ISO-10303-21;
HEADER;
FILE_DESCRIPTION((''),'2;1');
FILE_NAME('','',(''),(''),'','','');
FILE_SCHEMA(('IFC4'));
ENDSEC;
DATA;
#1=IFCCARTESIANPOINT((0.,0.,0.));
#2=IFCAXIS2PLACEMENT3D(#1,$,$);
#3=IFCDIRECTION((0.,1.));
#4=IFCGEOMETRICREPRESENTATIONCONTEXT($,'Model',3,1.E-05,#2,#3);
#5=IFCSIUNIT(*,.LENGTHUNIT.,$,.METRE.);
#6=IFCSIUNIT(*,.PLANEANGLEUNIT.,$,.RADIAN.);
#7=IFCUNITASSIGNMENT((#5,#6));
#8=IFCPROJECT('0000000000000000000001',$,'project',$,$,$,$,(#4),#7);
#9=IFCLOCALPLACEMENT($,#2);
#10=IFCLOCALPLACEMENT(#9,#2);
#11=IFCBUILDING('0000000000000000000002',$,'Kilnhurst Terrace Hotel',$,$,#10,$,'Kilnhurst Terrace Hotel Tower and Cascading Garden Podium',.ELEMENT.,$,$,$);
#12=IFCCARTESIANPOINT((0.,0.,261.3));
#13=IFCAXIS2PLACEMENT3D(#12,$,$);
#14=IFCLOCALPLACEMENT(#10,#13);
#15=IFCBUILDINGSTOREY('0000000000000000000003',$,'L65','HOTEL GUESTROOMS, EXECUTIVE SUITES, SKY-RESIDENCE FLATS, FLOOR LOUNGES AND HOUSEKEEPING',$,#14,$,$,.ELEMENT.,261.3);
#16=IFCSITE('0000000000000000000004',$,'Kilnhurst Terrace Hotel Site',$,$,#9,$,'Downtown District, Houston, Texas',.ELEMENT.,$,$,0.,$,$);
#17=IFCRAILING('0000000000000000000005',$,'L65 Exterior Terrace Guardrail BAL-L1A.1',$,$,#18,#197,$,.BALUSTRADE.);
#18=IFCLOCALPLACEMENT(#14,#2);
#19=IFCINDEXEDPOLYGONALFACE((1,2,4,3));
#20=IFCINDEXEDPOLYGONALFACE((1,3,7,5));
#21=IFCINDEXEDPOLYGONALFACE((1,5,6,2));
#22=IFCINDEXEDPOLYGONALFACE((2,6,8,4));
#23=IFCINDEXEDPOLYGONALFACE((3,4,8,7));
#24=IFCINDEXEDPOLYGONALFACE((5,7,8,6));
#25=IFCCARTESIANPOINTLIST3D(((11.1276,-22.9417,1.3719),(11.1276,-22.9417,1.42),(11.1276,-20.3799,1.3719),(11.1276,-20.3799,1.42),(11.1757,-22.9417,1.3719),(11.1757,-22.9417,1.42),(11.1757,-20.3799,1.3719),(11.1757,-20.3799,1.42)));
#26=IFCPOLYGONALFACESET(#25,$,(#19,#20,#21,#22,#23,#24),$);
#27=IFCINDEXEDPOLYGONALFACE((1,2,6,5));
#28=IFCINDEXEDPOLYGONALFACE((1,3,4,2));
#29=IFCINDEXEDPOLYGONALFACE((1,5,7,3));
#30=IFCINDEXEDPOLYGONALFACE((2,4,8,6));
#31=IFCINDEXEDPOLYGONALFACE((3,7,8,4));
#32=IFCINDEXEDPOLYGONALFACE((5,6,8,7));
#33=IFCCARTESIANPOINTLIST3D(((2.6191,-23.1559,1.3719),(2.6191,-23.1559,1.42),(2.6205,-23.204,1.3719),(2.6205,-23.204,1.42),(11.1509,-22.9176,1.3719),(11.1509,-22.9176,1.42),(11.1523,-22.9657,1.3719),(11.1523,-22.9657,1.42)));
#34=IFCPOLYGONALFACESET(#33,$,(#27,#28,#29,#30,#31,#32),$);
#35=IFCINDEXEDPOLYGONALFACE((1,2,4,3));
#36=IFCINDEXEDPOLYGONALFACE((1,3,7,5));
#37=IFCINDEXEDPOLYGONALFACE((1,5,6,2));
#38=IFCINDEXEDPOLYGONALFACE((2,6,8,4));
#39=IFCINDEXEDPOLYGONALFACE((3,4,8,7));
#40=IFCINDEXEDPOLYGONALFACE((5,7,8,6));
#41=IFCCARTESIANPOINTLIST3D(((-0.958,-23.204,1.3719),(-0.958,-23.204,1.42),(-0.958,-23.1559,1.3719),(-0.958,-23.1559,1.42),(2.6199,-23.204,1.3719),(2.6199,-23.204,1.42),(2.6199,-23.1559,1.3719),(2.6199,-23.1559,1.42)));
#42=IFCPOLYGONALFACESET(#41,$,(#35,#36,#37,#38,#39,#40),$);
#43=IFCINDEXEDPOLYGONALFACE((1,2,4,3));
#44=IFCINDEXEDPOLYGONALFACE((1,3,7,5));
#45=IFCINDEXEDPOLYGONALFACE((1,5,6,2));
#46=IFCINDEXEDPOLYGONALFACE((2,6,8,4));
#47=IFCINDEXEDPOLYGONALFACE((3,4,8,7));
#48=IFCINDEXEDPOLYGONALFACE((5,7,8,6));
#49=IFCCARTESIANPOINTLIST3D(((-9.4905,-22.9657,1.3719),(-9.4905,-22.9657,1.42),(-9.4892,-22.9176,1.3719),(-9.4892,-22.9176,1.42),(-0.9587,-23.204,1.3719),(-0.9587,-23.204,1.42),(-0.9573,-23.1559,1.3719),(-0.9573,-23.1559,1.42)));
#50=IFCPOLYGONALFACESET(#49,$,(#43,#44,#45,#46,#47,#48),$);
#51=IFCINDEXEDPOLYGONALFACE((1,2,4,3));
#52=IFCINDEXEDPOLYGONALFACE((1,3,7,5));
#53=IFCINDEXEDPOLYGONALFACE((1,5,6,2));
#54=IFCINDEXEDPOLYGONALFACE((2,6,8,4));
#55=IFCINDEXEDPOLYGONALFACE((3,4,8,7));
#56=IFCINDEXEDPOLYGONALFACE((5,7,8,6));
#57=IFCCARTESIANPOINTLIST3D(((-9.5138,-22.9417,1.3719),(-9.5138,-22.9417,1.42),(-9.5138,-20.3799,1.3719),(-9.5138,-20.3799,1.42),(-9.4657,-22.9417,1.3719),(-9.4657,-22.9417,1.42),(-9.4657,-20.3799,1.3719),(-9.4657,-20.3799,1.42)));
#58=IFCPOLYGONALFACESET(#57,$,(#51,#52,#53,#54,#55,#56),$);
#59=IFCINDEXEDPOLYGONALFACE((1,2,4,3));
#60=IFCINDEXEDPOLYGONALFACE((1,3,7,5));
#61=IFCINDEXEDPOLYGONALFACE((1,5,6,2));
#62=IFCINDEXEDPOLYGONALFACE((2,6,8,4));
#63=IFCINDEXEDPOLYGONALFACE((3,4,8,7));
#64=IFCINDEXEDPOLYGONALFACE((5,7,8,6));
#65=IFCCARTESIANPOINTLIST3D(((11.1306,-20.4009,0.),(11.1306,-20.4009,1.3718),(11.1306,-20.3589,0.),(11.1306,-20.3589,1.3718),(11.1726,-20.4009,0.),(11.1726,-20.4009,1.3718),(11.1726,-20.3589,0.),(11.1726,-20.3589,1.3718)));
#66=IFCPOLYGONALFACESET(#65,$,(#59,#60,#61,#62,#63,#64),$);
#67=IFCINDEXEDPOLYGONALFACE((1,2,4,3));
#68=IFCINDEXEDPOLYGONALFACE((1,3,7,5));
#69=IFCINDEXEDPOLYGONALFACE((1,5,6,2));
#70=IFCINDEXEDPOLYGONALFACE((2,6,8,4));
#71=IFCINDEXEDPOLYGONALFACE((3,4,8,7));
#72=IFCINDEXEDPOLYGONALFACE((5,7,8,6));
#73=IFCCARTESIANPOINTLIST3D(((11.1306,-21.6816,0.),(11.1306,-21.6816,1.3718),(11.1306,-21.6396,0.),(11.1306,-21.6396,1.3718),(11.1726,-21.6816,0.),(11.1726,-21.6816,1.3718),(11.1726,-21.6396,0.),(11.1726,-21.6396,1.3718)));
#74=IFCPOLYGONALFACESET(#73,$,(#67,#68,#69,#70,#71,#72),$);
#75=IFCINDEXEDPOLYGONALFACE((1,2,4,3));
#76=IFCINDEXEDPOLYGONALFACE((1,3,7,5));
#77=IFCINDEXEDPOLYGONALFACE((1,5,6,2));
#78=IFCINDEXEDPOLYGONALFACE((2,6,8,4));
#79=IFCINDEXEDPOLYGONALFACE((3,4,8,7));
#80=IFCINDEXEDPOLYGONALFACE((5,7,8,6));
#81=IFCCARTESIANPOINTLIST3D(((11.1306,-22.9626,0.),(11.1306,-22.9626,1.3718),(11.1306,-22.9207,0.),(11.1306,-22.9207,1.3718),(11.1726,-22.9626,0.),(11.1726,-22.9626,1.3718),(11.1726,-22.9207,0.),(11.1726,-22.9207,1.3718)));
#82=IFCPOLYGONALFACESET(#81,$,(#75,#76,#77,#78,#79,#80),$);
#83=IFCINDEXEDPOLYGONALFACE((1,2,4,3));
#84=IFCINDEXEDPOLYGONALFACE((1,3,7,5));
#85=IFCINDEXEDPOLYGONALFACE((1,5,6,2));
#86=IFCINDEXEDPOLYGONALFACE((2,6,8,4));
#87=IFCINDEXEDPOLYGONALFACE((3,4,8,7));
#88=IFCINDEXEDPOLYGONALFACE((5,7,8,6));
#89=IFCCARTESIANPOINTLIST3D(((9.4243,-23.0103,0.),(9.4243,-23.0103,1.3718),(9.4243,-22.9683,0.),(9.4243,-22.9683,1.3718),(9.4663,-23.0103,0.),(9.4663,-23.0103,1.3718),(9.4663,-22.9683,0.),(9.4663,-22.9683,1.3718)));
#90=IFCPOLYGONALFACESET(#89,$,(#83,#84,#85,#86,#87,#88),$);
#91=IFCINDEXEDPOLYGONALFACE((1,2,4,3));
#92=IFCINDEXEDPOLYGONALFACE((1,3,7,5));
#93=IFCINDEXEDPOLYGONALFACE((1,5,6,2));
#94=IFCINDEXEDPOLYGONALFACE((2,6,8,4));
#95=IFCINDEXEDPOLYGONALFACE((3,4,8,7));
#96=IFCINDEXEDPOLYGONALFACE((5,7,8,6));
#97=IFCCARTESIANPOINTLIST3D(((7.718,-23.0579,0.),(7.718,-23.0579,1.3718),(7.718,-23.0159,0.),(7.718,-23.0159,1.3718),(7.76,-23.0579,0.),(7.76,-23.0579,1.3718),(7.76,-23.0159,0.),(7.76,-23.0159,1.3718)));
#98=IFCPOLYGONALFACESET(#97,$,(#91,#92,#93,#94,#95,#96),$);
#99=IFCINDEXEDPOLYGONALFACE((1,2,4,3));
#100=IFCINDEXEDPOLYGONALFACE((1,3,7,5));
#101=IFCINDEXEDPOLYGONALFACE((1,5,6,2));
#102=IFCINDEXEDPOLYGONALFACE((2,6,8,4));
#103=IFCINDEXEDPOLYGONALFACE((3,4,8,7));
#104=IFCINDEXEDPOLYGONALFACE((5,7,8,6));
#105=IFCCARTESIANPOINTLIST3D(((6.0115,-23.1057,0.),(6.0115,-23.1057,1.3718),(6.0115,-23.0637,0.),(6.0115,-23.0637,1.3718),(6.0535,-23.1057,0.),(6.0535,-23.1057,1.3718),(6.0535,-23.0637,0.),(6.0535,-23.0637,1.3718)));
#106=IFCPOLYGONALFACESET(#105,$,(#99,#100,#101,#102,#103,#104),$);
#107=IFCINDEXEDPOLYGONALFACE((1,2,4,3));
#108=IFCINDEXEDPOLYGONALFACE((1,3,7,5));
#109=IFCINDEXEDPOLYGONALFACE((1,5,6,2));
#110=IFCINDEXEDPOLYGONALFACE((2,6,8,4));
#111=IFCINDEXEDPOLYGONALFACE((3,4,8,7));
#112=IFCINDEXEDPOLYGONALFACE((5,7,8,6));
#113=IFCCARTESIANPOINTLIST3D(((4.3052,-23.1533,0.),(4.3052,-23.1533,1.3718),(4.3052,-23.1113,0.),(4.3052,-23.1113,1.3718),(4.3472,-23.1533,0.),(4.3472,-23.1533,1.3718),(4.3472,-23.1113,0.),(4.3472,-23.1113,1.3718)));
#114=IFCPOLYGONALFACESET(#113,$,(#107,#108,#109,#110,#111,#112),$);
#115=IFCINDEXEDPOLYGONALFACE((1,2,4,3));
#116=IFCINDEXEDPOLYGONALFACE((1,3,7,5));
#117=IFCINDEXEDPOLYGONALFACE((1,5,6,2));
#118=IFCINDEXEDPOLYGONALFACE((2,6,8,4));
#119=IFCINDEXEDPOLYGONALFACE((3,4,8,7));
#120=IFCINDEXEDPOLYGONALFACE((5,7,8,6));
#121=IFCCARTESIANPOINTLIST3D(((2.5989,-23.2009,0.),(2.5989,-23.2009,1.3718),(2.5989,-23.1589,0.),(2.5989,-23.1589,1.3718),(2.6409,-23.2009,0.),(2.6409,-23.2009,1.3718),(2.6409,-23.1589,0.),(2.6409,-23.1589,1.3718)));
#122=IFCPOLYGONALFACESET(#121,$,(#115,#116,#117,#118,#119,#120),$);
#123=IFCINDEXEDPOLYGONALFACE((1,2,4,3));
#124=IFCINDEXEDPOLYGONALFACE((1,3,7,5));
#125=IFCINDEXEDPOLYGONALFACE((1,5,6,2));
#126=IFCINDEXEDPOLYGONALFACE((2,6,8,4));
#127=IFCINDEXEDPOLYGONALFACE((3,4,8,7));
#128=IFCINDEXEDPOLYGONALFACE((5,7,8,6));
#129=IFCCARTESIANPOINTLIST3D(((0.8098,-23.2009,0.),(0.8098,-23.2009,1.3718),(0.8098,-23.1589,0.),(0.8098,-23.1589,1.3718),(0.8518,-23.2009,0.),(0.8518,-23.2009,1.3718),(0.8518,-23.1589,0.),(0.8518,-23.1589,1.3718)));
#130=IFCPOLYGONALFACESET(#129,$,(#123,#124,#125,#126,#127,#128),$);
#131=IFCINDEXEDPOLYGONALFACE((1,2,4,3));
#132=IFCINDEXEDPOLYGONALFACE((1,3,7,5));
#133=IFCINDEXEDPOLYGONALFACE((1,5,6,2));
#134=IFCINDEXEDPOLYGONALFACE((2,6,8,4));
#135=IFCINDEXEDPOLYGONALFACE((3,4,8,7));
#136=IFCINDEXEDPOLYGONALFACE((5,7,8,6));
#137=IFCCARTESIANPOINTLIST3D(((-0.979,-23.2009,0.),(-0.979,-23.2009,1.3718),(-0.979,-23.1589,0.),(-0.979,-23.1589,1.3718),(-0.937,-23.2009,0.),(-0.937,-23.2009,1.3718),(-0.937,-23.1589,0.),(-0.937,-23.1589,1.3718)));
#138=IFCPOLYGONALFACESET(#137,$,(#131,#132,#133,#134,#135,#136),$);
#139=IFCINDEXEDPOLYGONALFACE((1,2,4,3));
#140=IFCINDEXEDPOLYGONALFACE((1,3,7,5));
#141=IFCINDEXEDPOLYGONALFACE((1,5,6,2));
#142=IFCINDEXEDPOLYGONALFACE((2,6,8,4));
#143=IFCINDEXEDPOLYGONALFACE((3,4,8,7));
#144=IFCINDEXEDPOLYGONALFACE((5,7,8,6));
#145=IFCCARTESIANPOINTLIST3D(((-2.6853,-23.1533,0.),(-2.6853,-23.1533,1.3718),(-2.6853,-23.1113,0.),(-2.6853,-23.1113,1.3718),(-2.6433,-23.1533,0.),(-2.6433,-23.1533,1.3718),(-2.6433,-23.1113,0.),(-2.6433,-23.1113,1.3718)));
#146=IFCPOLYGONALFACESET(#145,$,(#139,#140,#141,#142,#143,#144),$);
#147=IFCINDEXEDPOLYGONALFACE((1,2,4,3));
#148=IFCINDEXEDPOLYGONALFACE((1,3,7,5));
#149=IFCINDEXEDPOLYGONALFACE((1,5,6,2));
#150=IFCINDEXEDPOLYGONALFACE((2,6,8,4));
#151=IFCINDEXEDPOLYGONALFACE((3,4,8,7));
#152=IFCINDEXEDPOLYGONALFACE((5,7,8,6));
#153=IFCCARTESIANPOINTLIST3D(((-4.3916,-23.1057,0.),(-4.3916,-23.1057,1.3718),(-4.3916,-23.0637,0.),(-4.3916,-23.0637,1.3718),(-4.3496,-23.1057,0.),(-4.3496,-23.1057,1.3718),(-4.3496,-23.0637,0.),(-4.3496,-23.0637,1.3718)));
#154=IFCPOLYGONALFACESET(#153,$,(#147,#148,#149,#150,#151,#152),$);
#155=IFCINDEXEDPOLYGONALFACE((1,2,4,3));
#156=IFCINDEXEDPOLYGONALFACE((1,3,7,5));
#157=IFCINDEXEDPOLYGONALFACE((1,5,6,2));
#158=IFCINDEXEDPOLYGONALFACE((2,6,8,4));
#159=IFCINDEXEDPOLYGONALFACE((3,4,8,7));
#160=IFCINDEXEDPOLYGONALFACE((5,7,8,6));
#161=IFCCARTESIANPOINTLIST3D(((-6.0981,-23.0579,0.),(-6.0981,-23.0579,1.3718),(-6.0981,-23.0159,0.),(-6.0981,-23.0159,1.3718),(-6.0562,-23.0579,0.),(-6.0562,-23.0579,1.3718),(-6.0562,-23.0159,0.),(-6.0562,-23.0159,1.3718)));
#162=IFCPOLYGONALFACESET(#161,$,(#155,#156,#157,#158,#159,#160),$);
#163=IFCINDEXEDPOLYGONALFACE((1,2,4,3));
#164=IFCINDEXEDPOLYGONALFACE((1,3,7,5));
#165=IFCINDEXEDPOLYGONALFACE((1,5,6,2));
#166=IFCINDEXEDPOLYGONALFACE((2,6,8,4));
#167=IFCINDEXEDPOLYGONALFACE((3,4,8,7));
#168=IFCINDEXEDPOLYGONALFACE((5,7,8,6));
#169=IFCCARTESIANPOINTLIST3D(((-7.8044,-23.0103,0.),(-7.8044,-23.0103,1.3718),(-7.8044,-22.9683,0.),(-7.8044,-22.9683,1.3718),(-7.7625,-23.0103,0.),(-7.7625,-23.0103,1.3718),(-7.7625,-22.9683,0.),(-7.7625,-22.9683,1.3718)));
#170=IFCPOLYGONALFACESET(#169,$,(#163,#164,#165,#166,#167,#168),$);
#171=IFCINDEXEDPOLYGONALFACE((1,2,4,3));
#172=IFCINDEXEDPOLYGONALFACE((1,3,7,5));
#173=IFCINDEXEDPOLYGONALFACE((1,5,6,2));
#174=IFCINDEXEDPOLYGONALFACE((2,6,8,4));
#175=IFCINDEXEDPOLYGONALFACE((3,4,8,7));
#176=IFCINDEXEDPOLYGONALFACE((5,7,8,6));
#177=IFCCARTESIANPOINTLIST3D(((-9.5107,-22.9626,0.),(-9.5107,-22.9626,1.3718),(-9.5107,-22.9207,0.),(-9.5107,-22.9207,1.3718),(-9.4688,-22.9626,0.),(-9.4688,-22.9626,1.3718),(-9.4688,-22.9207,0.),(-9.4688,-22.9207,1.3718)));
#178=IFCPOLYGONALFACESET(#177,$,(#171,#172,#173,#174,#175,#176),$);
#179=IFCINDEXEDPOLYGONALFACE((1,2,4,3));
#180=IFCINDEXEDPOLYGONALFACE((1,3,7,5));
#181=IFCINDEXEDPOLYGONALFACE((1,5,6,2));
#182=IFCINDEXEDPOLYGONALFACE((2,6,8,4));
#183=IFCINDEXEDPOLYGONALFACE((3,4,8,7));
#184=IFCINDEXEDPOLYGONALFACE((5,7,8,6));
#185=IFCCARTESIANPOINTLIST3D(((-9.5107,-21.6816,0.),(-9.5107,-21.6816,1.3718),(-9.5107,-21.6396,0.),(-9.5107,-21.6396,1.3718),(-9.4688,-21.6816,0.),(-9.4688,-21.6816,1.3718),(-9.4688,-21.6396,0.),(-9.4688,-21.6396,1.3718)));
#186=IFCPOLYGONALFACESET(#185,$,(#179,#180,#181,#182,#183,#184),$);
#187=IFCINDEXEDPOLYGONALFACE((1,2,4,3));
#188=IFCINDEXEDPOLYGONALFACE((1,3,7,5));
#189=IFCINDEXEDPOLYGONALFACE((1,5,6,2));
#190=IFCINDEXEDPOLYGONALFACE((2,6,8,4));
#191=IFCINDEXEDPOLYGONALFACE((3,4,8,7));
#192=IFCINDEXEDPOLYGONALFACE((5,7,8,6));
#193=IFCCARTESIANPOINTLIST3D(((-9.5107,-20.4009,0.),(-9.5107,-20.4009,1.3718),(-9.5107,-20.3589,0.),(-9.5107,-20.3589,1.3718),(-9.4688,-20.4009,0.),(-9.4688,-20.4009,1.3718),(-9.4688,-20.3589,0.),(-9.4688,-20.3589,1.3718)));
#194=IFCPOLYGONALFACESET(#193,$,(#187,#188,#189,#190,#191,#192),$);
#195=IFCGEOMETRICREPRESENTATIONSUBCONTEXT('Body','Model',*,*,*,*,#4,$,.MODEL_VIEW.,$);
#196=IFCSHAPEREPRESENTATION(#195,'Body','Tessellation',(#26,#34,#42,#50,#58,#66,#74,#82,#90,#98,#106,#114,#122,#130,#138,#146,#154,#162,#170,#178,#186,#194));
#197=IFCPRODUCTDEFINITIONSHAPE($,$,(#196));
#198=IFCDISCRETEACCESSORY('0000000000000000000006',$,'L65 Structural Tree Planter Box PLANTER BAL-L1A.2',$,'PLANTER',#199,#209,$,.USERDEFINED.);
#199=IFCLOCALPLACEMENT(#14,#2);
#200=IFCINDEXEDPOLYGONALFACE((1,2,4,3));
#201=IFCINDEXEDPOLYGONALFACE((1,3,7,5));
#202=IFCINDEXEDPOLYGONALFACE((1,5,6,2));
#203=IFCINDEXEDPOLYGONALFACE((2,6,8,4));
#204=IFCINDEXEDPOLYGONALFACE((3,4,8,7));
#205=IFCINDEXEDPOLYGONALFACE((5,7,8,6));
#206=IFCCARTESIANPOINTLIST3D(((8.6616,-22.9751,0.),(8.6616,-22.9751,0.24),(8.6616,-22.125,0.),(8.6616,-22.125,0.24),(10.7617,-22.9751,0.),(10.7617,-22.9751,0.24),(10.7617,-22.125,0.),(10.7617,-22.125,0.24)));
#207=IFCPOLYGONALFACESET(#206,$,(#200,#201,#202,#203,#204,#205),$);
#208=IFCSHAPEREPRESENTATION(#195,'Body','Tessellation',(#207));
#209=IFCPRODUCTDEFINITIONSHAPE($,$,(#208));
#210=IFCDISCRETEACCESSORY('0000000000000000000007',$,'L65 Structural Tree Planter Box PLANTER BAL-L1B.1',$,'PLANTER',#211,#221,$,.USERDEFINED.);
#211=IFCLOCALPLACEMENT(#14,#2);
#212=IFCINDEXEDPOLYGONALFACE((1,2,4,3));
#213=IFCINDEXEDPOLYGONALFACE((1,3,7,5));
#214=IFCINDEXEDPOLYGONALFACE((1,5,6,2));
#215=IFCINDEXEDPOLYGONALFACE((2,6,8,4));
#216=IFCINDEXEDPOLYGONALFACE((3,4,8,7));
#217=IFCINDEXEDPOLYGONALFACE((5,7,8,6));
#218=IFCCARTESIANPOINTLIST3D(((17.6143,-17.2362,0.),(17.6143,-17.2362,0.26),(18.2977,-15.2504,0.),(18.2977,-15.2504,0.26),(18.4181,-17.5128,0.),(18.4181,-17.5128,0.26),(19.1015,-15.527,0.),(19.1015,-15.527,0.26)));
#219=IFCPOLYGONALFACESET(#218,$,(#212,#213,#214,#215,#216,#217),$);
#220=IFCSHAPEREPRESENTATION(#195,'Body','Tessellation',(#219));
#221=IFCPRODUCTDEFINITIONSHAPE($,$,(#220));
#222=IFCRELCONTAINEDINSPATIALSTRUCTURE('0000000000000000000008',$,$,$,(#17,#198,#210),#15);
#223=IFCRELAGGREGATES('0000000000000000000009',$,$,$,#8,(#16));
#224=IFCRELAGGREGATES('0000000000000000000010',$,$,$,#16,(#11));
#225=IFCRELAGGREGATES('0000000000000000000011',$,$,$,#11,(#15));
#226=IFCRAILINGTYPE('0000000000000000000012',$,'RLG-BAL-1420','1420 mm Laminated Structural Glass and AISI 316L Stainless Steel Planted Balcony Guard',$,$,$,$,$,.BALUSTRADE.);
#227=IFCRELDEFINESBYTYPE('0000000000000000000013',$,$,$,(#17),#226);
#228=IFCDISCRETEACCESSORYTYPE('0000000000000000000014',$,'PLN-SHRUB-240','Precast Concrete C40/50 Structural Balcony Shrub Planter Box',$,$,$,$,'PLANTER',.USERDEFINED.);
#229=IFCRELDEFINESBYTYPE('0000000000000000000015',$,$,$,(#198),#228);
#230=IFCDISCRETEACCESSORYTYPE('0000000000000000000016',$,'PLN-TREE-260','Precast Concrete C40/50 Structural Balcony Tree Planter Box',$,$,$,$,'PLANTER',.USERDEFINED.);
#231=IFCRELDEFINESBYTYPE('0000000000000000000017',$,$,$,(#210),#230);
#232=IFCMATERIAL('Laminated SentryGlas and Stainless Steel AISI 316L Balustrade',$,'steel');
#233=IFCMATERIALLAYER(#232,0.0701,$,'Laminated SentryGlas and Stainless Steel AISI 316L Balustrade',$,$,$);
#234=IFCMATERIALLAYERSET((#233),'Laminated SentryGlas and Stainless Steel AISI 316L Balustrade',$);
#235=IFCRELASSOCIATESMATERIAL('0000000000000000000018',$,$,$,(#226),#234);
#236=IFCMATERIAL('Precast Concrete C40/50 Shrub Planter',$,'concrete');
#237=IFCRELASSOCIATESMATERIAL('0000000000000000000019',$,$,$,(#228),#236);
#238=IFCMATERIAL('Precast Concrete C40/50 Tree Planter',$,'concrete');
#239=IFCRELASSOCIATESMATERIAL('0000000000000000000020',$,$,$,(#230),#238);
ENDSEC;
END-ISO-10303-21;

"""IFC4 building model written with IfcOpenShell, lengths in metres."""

from ifc_helpers import new_model, si_unit, direction, frame, origin, origin_2d, place, context, subcontext, project, spatial, rectangle, extrude, material, layer, layer_set, type_object, element, save


model = new_model("IFC4")

# Units and contexts
model_context = context("Model", 3, precision=1e-05, world=origin(), true_north=direction((0.0, 1.0)))
body_context = subcontext(model_context, "Body", "Model", "MODEL_VIEW")
ifc_project = project(units=[si_unit("LENGTHUNIT", "METRE"), si_unit("PLANEANGLEUNIT", "RADIAN")], contexts=[model_context])

# Site, building, storey
site_placement = place(None, origin())
site = spatial("IfcSite", under=ifc_project, at=site_placement, Name="Kilnhurst Terrace Hotel Site", LongName="Downtown District, Houston, Texas", CompositionType="ELEMENT", RefElevation=0.0)
building_placement = place(site_placement, origin())
building = spatial("IfcBuilding", under=site, at=building_placement, Name="Kilnhurst Terrace Hotel", LongName="Kilnhurst Terrace Hotel Tower and Cascading Garden Podium", CompositionType="ELEMENT")
storey_placement = place(building_placement, frame((0.0, 0.0, 261.3)))
storey = spatial("IfcBuildingStorey", under=building, at=storey_placement, Name="L65", Description="HOTEL GUESTROOMS, EXECUTIVE SUITES, SKY-RESIDENCE FLATS, FLOOR LOUNGES AND HOUSEKEEPING", CompositionType="ELEMENT", Elevation=261.3)

# Railing
ifc_material_1 = material(Name="Laminated SentryGlas and Stainless Steel AISI 316L Balustrade", Category="steel")
ifc_layer_1 = layer(ifc_material_1, 0.0701, Name="Laminated SentryGlas and Stainless Steel AISI 316L Balustrade")
ifc_layer_set_1 = layer_set([ifc_layer_1], Name="Laminated SentryGlas and Stainless Steel AISI 316L Balustrade")
railing_type = type_object("IfcRailingType", Name="RLG-BAL-1420", Description="1420 mm Laminated Structural Glass and AISI 316L Stainless Steel Planted Balcony Guard", PredefinedType="BALUSTRADE", material=ifc_layer_set_1)
railing_placement = place(storey_placement, frame((11.1516, -20.3799, 0.0)))
element("IfcRailing", 1, at=railing_placement, inside=storey, type_object=railing_type, Name="L65 Exterior Terrace Guardrail BAL-L1A.1", PredefinedType="BALUSTRADE", context=body_context, shape_type="SweptSolid", body=[
    extrude(rectangle(XDim=0.0481, YDim=0.0481, at=origin_2d()), frame((0.0, 0.0, 1.396), z_axis=(0.0, -1.0, 0.0), x_axis=(1.0, 0.0, 0.0)), (0.0, 0.0, 1.0), 2.5618),
    extrude(rectangle(XDim=0.0481, YDim=0.0481, at=origin_2d()), frame((0.0, -2.5618, 1.396), z_axis=(-0.99961, -0.027918, 0.0), x_axis=(0.027918, -0.99961, 0.0)), (0.0, 0.0, 1.0), 8.5352),
    extrude(rectangle(XDim=0.0481, YDim=0.0481, at=origin_2d()), frame((-8.5317, -2.8, 1.396), z_axis=(-1.0, 0.0, 0.0), x_axis=(0.0, -1.0, 0.0)), (0.0, 0.0, 1.0), 3.5779),
    extrude(rectangle(XDim=0.0481, YDim=0.0481, at=origin_2d()), frame((-12.1096, -2.8, 1.396), z_axis=(-0.99961, 0.027918, 0.0), x_axis=(-0.027918, -0.99961, 0.0)), (0.0, 0.0, 1.0), 8.5352),
    extrude(rectangle(XDim=0.0481, YDim=0.0481, at=origin_2d()), frame((-20.6414, -2.5618, 1.396), z_axis=(0.0, 1.0, 0.0), x_axis=(-1.0, 0.0, 0.0)), (0.0, 0.0, 1.0), 2.5618),
    extrude(rectangle(XDim=0.042, YDim=0.042, at=origin_2d()), origin(), (0.0, 0.0, 1.0), 1.3718),
    extrude(rectangle(XDim=0.042, YDim=0.042, at=origin_2d()), frame((0.0, -1.2808, 0.0)), (0.0, 0.0, 1.0), 1.3718),
    extrude(rectangle(XDim=0.042, YDim=0.042, at=origin_2d()), frame((0.0, -2.5618, 0.0)), (0.0, 0.0, 1.0), 1.3718),
    extrude(rectangle(XDim=0.042, YDim=0.042, at=origin_2d()), frame((-1.7063, -2.6094, 0.0)), (0.0, 0.0, 1.0), 1.3718),
    extrude(rectangle(XDim=0.042, YDim=0.042, at=origin_2d()), frame((-3.4126, -2.657, 0.0)), (0.0, 0.0, 1.0), 1.3718),
    extrude(rectangle(XDim=0.042, YDim=0.042, at=origin_2d()), frame((-5.1191, -2.7048, 0.0)), (0.0, 0.0, 1.0), 1.3718),
    extrude(rectangle(XDim=0.042, YDim=0.042, at=origin_2d()), frame((-6.8254, -2.7524, 0.0)), (0.0, 0.0, 1.0), 1.3718),
    extrude(rectangle(XDim=0.042, YDim=0.042, at=origin_2d()), frame((-8.5317, -2.8, 0.0)), (0.0, 0.0, 1.0), 1.3718),
    extrude(rectangle(XDim=0.042, YDim=0.042, at=origin_2d()), frame((-10.3208, -2.8, 0.0)), (0.0, 0.0, 1.0), 1.3718),
    extrude(rectangle(XDim=0.042, YDim=0.042, at=origin_2d()), frame((-12.1096, -2.8, 0.0)), (0.0, 0.0, 1.0), 1.3718),
    extrude(rectangle(XDim=0.042, YDim=0.042, at=origin_2d()), frame((-13.8159, -2.7524, 0.0)), (0.0, 0.0, 1.0), 1.3718),
    extrude(rectangle(XDim=0.042, YDim=0.042, at=origin_2d()), frame((-15.5222, -2.7048, 0.0)), (0.0, 0.0, 1.0), 1.3718),
    extrude(rectangle(XDim=0.042, YDim=0.042, at=origin_2d()), frame((-17.2288, -2.657, 0.0)), (0.0, 0.0, 1.0), 1.3718),
    extrude(rectangle(XDim=0.042, YDim=0.042, at=origin_2d()), frame((-18.9351, -2.6094, 0.0)), (0.0, 0.0, 1.0), 1.3718),
    extrude(rectangle(XDim=0.042, YDim=0.042, at=origin_2d()), frame((-20.6414, -2.5618, 0.0)), (0.0, 0.0, 1.0), 1.3718),
    extrude(rectangle(XDim=0.042, YDim=0.042, at=origin_2d()), frame((-20.6414, -1.2808, 0.0)), (0.0, 0.0, 1.0), 1.3718),
    extrude(rectangle(XDim=0.042, YDim=0.042, at=origin_2d()), frame((-20.6414, 0.0, 0.0)), (0.0, 0.0, 1.0), 1.3718),
])

# Discrete accessories
ifc_material_2 = material(Name="Precast Concrete C40/50 Shrub Planter", Category="concrete")
discrete_accessory_type_1 = type_object("IfcDiscreteAccessoryType", Name="PLN-SHRUB-240", Description="Precast Concrete C40/50 Structural Balcony Shrub Planter Box", ElementType="PLANTER", PredefinedType="USERDEFINED", material=ifc_material_2)
discrete_accessory_1_placement = place(storey_placement, frame((9.7117, -22.55, 0.0), z_axis=(0.0, 0.0, 1.0), x_axis=(1.0, 0.0, 0.0)))
element("IfcDiscreteAccessory", 2, at=discrete_accessory_1_placement, inside=storey, type_object=discrete_accessory_type_1, Name="L65 Structural Tree Planter Box PLANTER BAL-L1A.2", ObjectType="PLANTER", PredefinedType="USERDEFINED", context=body_context, shape_type="SweptSolid", body=[
    extrude(rectangle(XDim=2.1001, YDim=0.8501, at=origin_2d()), origin(), (0.0, 0.0, 1.0), 0.24),
])
ifc_material_3 = material(Name="Precast Concrete C40/50 Tree Planter", Category="concrete")
discrete_accessory_type_2 = type_object("IfcDiscreteAccessoryType", Name="PLN-TREE-260", Description="Precast Concrete C40/50 Structural Balcony Tree Planter Box", ElementType="PLANTER", PredefinedType="USERDEFINED", material=ifc_material_3)
discrete_accessory_2_placement = place(storey_placement, frame((18.3579, -16.3816, 0.0), z_axis=(0.0, 0.0, 1.0), x_axis=(0.325403, 0.945575, 0.0)))
element("IfcDiscreteAccessory", 3, at=discrete_accessory_2_placement, inside=storey, type_object=discrete_accessory_type_2, Name="L65 Structural Tree Planter Box PLANTER BAL-L1B.1", ObjectType="PLANTER", PredefinedType="USERDEFINED", context=body_context, shape_type="SweptSolid", body=[
    extrude(rectangle(XDim=2.1001, YDim=0.8501, at=origin_2d()), origin(), (0.0, 0.0, 1.0), 0.26),
])

save(model, "model.ifc")
